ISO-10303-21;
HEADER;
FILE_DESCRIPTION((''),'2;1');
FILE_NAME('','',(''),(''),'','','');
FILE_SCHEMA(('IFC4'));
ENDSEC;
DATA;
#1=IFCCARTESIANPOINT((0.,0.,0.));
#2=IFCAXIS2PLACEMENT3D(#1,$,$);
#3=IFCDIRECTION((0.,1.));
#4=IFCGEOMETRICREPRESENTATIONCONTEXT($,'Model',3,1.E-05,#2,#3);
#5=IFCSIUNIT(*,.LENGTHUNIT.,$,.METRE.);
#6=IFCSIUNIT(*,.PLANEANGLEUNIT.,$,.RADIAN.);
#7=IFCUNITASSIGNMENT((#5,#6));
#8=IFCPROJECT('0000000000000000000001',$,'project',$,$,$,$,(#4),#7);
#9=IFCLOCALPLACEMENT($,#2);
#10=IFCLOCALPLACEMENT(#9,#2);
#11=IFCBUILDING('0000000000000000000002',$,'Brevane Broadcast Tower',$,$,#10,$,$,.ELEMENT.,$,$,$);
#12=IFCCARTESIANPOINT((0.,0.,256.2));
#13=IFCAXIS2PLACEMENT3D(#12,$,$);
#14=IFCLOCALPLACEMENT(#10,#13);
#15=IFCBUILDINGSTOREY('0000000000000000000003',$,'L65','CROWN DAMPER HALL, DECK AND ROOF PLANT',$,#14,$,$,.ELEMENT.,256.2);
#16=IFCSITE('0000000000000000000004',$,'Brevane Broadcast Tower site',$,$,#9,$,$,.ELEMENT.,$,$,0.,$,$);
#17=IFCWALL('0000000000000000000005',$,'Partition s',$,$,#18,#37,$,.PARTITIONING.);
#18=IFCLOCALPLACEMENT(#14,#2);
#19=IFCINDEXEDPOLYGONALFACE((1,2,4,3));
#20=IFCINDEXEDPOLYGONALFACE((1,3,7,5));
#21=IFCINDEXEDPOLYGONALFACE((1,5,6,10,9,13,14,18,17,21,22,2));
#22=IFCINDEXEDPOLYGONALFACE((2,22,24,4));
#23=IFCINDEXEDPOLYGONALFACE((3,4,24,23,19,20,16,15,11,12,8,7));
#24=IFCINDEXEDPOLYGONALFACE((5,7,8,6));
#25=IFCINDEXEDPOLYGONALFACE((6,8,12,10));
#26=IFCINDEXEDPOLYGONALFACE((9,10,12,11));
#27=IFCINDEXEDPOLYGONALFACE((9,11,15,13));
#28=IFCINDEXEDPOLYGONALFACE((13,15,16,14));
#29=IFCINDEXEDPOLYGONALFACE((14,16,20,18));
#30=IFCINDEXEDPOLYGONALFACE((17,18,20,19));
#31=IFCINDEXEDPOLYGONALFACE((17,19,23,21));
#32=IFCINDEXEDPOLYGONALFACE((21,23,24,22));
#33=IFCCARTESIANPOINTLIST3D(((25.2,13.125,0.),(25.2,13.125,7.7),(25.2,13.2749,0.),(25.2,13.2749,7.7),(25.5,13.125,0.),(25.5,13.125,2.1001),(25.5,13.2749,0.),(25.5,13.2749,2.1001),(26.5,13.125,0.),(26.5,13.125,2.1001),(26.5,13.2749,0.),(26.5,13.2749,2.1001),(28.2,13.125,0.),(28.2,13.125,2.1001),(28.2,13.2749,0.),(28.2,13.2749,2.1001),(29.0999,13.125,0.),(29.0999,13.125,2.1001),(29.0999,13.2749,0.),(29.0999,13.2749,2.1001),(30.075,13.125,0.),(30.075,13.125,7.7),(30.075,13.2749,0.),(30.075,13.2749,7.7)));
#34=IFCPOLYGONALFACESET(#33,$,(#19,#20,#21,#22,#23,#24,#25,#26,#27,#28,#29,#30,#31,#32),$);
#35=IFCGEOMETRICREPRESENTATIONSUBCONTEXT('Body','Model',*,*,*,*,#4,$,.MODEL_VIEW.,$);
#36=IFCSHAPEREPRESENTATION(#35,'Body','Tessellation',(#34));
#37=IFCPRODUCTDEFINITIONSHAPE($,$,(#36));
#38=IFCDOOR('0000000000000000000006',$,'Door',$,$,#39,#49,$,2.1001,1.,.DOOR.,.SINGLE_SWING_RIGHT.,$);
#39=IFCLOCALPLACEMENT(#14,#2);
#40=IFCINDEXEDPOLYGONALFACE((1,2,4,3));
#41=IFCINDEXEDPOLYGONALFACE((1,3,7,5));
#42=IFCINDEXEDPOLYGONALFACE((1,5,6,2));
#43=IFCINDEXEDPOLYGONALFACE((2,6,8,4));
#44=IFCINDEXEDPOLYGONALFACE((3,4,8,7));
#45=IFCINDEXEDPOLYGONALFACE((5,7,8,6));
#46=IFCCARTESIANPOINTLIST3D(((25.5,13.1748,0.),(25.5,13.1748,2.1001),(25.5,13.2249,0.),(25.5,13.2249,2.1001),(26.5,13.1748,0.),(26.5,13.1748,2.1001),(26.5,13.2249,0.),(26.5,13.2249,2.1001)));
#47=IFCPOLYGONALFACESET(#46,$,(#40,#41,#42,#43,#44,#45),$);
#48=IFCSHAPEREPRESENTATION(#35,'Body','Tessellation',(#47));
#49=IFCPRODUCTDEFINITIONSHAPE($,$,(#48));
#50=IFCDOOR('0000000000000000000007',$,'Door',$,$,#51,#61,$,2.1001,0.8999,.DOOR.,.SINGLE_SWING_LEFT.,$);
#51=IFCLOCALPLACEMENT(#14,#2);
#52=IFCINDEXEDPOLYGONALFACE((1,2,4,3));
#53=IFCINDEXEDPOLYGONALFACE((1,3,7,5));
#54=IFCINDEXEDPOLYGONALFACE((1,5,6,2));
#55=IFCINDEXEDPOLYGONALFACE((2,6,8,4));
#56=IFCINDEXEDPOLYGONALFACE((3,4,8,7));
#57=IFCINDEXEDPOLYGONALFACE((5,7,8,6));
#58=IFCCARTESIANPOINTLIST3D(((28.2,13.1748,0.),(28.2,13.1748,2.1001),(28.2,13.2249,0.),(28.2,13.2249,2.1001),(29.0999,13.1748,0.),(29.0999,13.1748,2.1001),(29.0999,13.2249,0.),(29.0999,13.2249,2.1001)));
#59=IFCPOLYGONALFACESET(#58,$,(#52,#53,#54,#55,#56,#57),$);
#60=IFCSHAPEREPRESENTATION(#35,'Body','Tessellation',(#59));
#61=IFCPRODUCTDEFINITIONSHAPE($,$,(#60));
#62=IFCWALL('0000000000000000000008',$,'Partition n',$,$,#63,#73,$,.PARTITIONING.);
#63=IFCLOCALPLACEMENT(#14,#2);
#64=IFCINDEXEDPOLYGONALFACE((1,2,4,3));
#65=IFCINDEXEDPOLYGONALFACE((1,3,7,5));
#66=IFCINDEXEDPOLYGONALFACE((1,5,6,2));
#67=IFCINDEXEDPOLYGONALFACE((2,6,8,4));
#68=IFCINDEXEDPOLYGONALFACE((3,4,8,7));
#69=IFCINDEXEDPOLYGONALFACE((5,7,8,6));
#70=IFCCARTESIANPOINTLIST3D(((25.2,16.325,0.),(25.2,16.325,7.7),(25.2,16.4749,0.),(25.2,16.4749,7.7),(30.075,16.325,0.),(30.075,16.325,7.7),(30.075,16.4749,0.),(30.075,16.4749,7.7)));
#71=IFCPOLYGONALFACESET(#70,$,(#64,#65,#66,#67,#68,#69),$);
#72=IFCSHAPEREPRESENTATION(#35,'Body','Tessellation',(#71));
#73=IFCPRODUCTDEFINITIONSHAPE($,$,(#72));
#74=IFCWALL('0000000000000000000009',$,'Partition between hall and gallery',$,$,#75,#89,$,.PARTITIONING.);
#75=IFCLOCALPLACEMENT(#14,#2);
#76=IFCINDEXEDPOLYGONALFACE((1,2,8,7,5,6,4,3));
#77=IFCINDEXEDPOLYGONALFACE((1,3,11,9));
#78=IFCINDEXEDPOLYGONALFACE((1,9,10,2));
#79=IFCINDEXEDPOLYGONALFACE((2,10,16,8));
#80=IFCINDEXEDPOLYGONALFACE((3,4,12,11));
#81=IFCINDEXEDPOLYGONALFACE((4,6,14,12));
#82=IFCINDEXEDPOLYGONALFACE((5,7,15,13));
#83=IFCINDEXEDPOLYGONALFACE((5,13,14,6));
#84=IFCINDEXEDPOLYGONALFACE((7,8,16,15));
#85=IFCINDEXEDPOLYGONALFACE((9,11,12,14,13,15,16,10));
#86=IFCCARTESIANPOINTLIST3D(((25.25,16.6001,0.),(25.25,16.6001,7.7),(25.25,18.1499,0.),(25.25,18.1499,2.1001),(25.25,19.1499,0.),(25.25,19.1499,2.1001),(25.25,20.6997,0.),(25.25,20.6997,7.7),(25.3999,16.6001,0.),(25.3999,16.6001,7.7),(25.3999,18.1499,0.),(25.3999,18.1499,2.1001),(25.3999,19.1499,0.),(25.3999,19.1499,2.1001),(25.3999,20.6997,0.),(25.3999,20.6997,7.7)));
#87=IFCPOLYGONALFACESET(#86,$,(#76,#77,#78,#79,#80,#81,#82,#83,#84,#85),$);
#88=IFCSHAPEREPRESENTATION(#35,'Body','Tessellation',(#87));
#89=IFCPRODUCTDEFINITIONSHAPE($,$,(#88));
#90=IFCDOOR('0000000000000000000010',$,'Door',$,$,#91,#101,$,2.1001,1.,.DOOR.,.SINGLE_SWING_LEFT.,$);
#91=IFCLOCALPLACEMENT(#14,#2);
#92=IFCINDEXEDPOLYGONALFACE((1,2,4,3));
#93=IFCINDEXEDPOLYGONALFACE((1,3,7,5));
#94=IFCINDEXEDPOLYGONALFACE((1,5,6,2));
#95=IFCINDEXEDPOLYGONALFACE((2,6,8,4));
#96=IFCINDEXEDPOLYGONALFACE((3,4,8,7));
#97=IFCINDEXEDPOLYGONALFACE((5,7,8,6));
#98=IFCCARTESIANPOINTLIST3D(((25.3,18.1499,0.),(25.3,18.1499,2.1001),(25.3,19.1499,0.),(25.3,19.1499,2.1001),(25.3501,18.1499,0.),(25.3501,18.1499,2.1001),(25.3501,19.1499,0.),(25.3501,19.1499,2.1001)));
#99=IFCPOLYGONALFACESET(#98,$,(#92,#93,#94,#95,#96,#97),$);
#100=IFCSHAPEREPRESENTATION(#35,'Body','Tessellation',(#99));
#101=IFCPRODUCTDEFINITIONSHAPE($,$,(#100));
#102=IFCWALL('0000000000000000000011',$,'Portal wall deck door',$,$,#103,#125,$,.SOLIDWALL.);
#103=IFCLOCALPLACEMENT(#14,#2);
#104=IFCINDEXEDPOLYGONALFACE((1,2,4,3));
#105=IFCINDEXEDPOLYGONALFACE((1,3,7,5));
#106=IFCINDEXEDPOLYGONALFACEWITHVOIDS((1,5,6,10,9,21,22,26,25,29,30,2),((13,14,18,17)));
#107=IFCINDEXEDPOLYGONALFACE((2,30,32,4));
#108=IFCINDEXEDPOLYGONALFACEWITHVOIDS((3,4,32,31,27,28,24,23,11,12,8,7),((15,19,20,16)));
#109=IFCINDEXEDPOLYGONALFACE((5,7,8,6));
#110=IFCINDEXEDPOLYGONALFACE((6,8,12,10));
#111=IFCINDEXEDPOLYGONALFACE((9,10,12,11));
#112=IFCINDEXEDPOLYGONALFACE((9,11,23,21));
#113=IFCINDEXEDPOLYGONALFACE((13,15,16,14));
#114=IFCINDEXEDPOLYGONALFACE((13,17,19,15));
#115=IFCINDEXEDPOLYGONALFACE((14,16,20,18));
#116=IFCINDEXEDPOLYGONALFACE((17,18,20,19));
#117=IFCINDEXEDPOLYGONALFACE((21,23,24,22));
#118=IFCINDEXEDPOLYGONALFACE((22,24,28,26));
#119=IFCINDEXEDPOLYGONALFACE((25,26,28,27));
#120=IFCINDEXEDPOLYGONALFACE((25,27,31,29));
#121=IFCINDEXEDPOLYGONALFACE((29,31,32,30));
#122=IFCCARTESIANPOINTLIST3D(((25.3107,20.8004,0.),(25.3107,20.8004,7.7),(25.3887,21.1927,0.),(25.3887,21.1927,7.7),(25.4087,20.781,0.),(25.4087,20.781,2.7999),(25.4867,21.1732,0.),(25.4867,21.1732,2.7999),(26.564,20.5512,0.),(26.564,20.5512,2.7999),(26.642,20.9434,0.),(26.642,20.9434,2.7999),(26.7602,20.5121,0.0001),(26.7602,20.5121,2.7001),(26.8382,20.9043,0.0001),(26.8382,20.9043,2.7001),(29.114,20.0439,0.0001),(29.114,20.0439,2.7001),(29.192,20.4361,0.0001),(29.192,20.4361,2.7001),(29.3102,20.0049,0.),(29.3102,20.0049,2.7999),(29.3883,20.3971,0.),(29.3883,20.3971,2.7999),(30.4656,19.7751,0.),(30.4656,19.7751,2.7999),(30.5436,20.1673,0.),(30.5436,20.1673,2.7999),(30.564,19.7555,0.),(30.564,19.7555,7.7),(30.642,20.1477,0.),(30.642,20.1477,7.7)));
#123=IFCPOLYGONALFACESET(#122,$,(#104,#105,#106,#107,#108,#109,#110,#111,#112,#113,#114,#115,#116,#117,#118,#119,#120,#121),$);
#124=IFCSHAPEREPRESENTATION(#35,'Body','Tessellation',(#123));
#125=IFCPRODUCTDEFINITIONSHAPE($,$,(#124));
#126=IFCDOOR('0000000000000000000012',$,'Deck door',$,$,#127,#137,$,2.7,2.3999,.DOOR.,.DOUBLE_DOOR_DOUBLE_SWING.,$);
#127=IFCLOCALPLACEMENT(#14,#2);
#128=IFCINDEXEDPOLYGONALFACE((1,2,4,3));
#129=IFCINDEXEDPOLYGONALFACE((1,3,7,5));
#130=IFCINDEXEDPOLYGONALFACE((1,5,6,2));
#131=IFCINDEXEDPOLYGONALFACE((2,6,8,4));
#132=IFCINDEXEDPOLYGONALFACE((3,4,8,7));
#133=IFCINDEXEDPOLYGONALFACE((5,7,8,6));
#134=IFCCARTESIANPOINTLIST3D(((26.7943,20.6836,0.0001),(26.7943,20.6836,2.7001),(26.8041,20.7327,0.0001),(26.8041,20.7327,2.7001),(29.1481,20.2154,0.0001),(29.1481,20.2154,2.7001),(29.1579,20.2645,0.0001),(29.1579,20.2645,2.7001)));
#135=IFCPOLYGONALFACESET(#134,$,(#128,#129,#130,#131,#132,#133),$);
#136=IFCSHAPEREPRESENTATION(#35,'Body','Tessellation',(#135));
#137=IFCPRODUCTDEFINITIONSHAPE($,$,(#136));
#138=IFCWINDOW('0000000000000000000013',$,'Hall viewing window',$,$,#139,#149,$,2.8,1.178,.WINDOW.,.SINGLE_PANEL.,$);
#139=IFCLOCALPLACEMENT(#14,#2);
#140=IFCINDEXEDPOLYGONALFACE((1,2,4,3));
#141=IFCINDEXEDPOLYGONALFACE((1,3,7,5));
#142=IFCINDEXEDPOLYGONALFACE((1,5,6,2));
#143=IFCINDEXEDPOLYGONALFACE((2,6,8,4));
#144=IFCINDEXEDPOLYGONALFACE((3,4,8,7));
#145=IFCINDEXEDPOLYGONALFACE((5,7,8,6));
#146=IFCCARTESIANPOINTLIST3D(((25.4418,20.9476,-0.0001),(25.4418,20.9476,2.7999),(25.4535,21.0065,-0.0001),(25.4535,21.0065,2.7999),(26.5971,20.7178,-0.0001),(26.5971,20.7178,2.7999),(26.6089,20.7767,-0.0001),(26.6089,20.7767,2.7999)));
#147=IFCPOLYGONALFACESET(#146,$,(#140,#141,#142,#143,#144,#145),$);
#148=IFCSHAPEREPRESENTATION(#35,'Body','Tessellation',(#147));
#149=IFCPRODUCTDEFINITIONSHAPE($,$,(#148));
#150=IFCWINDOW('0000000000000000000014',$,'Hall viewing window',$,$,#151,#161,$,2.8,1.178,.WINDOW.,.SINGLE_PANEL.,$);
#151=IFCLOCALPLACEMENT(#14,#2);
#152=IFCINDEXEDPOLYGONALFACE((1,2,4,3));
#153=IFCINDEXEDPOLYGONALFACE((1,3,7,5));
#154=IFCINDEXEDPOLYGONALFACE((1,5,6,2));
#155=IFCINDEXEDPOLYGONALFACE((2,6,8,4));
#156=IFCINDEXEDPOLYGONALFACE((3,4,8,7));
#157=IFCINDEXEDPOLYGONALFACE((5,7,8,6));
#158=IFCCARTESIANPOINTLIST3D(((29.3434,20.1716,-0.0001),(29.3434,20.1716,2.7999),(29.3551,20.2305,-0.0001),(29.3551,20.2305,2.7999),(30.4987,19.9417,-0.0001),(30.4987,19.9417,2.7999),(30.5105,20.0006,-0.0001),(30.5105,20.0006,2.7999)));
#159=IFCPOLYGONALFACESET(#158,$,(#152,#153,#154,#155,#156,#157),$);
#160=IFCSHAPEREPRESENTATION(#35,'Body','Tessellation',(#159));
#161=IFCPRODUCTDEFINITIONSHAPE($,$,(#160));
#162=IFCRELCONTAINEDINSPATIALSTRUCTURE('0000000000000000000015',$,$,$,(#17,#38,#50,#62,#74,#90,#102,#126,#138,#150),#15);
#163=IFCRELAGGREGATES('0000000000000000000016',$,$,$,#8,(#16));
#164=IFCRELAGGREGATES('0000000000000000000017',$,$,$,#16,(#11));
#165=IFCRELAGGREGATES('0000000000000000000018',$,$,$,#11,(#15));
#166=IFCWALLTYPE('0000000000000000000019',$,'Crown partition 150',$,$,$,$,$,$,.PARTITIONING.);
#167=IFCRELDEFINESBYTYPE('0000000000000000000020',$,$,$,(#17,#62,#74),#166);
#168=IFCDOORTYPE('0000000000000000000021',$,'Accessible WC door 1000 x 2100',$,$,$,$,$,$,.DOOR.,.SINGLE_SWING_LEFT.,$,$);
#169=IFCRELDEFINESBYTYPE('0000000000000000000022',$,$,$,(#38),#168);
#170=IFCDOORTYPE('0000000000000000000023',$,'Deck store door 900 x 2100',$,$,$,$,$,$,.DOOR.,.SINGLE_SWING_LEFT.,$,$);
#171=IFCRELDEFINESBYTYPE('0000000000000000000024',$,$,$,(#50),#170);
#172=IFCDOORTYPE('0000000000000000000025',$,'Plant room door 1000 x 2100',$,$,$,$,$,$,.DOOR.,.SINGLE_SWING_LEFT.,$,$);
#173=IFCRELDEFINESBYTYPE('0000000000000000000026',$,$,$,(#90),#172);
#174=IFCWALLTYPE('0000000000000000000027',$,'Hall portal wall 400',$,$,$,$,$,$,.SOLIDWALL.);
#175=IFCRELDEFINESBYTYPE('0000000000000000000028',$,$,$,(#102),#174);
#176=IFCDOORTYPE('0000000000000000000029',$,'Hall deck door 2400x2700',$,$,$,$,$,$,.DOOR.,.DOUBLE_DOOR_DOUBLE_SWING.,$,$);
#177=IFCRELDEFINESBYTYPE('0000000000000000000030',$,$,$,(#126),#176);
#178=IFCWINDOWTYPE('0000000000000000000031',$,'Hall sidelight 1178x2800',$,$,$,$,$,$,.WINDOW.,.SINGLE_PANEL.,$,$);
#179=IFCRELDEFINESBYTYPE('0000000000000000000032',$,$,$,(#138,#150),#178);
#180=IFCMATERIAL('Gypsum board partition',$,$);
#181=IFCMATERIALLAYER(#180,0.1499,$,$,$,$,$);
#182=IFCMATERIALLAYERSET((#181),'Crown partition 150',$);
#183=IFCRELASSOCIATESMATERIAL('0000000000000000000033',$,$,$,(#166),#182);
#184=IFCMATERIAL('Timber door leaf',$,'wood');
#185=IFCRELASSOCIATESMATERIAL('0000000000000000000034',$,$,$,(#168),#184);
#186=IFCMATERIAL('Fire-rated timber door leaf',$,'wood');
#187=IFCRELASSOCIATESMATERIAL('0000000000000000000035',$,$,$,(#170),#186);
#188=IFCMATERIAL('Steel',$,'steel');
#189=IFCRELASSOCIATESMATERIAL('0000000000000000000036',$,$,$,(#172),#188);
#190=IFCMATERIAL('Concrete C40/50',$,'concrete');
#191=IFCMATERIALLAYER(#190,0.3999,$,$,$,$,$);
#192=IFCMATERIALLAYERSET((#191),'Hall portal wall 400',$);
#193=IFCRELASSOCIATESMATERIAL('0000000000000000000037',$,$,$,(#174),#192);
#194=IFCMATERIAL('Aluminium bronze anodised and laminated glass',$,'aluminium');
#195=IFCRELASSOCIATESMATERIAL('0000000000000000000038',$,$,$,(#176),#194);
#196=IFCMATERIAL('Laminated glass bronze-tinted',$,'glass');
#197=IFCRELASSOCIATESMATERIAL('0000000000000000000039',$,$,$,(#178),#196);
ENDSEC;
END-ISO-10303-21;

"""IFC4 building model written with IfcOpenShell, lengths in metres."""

from ifc_helpers import new_model, si_unit, direction, frame, frame_2d, origin, place, context, subcontext, project, spatial, rectangle, extrude, material, layer, layer_set, type_object, element, fill, save


model = new_model("IFC4")

# Units and contexts
model_context = context("Model", 3, precision=1e-05, world=origin(), true_north=direction((0.0, 1.0)))
body_context = subcontext(model_context, "Body", "Model", "MODEL_VIEW")
ifc_project = project(units=[si_unit("LENGTHUNIT", "METRE"), si_unit("PLANEANGLEUNIT", "RADIAN")], contexts=[model_context])

# Site, building, storey
site_placement = place(None, origin())
site = spatial("IfcSite", under=ifc_project, at=site_placement, Name="Brevane Broadcast Tower site", CompositionType="ELEMENT", RefElevation=0.0)
building_placement = place(site_placement, origin())
building = spatial("IfcBuilding", under=site, at=building_placement, Name="Brevane Broadcast Tower", CompositionType="ELEMENT")
storey_placement = place(building_placement, frame((0.0, 0.0, 256.2)))
storey = spatial("IfcBuildingStorey", under=building, at=storey_placement, Name="L65", Description="CROWN DAMPER HALL, DECK AND ROOF PLANT", CompositionType="ELEMENT", Elevation=256.2)

# Shared definitions
ifc_material_1 = material(Name="Steel", Category="steel")

# Wall, openings, doors
ifc_material_2 = material(Name="Gypsum board partition")
ifc_layer_1 = layer(ifc_material_2, 0.1499)
ifc_layer_set_1 = layer_set([ifc_layer_1], Name="Crown partition 150")
wall_type_1 = type_object("IfcWallType", Name="Crown partition 150", PredefinedType="PARTITIONING", material=ifc_layer_set_1)
wall_1_placement = place(storey_placement, frame((25.2, 13.2, 0.0), z_axis=(0.0, 0.0, 1.0), x_axis=(1.0, 0.0, 0.0)))
wall_1 = element("IfcWall", 1, at=wall_1_placement, inside=storey, type_object=wall_type_1, Name="Partition s", PredefinedType="PARTITIONING", context=body_context, shape_type="SweptSolid", body=[
    extrude(rectangle(XDim=4.875, YDim=0.1499, at=frame_2d((2.4375, 0.0))), origin(), (0.0, 0.0, 1.0), 7.7),
])
opening_1_placement = place(wall_1_placement, frame((0.3, 0.0, 0.0)))
opening_1 = element("IfcOpeningElement", 2, at=opening_1_placement, cuts=wall_1, PredefinedType="OPENING", context=body_context, shape_type="SweptSolid", body=[
    extrude(rectangle(XDim=1.0, YDim=2.1001, at=frame_2d((0.5, 1.05))), frame((0.0, 0.085, 0.0), z_axis=(0.0, -1.0, 0.0), x_axis=(1.0, 0.0, 0.0)), (0.0, 0.0, 1.0), 0.1699),
])
opening_2_placement = place(wall_1_placement, frame((3.0, 0.0, 0.0)))
opening_2 = element("IfcOpeningElement", 3, at=opening_2_placement, cuts=wall_1, PredefinedType="OPENING", context=body_context, shape_type="SweptSolid", body=[
    extrude(rectangle(XDim=0.8999, YDim=2.1001, at=frame_2d((0.45, 1.05))), frame((0.0, 0.085, 0.0), z_axis=(0.0, -1.0, 0.0), x_axis=(1.0, 0.0, 0.0)), (0.0, 0.0, 1.0), 0.1699),
])
ifc_material_3 = material(Name="Timber door leaf", Category="wood")
door_type_1 = type_object("IfcDoorType", Name="Accessible WC door 1000 x 2100", OperationType="SINGLE_SWING_LEFT", PredefinedType="DOOR", material=ifc_material_3)
door_1_placement = place(opening_1_placement, origin())
door_1 = element("IfcDoor", 4, at=door_1_placement, inside=storey, type_object=door_type_1, Name="Door", OperationType="SINGLE_SWING_RIGHT", OverallHeight=2.1001, OverallWidth=1.0, PredefinedType="DOOR", context=body_context, shape_type="SweptSolid", body=[
    extrude(rectangle(XDim=1.0, YDim=2.1001, at=frame_2d((0.5, 1.05))), frame((0.0, 0.0249, 0.0), z_axis=(0.0, -1.0, 0.0), x_axis=(1.0, 0.0, 0.0)), (0.0, 0.0, 1.0), 0.05),
])
fill(opening_1, door_1)
ifc_material_4 = material(Name="Fire-rated timber door leaf", Category="wood")
door_type_2 = type_object("IfcDoorType", Name="Deck store door 900 x 2100", OperationType="SINGLE_SWING_LEFT", PredefinedType="DOOR", material=ifc_material_4)
door_2_placement = place(opening_2_placement, origin())
door_2 = element("IfcDoor", 5, at=door_2_placement, inside=storey, type_object=door_type_2, Name="Door", OperationType="SINGLE_SWING_LEFT", OverallHeight=2.1001, OverallWidth=0.8999, PredefinedType="DOOR", context=body_context, shape_type="SweptSolid", body=[
    extrude(rectangle(XDim=0.8999, YDim=2.1001, at=frame_2d((0.45, 1.05))), frame((0.0, 0.0249, 0.0), z_axis=(0.0, -1.0, 0.0), x_axis=(1.0, 0.0, 0.0)), (0.0, 0.0, 1.0), 0.05),
])
fill(opening_2, door_2)

# Wall
wall_2_placement = place(storey_placement, frame((25.2, 16.3999, 0.0), z_axis=(0.0, 0.0, 1.0), x_axis=(1.0, 0.0, 0.0)))
element("IfcWall", 6, at=wall_2_placement, inside=storey, type_object=wall_type_1, Name="Partition n", PredefinedType="PARTITIONING", context=body_context, shape_type="SweptSolid", body=[
    extrude(rectangle(XDim=4.875, YDim=0.1499, at=frame_2d((2.4375, 0.0))), origin(), (0.0, 0.0, 1.0), 7.7),
])

# Wall, opening, door
wall_3_placement = place(storey_placement, frame((25.325, 16.6001, 0.0), z_axis=(0.0, 0.0, 1.0), x_axis=(0.0, 1.0, 0.0)))
wall_3 = element("IfcWall", 7, at=wall_3_placement, inside=storey, type_object=wall_type_1, Name="Partition between hall and gallery", PredefinedType="PARTITIONING", context=body_context, shape_type="SweptSolid", body=[
    extrude(rectangle(XDim=4.0996, YDim=0.1499, at=frame_2d((2.0498, 0.0))), origin(), (0.0, 0.0, 1.0), 7.7),
])
opening_3_placement = place(wall_3_placement, frame((1.5498, 0.0, 0.0)))
opening_3 = element("IfcOpeningElement", 8, at=opening_3_placement, cuts=wall_3, PredefinedType="OPENING", context=body_context, shape_type="SweptSolid", body=[
    extrude(rectangle(XDim=1.0, YDim=2.1001, at=frame_2d((0.5, 1.05))), frame((0.0, 0.085, 0.0), z_axis=(0.0, -1.0, 0.0), x_axis=(1.0, 0.0, 0.0)), (0.0, 0.0, 1.0), 0.1699),
])
door_type_3 = type_object("IfcDoorType", Name="Plant room door 1000 x 2100", OperationType="SINGLE_SWING_LEFT", PredefinedType="DOOR", material=ifc_material_1)
door_3_placement = place(opening_3_placement, origin())
door_3 = element("IfcDoor", 9, at=door_3_placement, inside=storey, type_object=door_type_3, Name="Door", OperationType="SINGLE_SWING_LEFT", OverallHeight=2.1001, OverallWidth=1.0, PredefinedType="DOOR", context=body_context, shape_type="SweptSolid", body=[
    extrude(rectangle(XDim=1.0, YDim=2.1001, at=frame_2d((0.5, 1.05))), frame((0.0, 0.0249, 0.0), z_axis=(0.0, -1.0, 0.0), x_axis=(1.0, 0.0, 0.0)), (0.0, 0.0, 1.0), 0.05),
])
fill(opening_3, door_3)

# Wall, openings, door, windows
ifc_material_5 = material(Name="Concrete C40/50", Category="concrete")
ifc_layer_2 = layer(ifc_material_5, 0.3999)
ifc_layer_set_2 = layer_set([ifc_layer_2], Name="Hall portal wall 400")
wall_type_2 = type_object("IfcWallType", Name="Hall portal wall 400", PredefinedType="SOLIDWALL", material=ifc_layer_set_2)
wall_4_placement = place(storey_placement, frame((25.3496, 20.9966, 0.0), z_axis=(0.0, 0.0, 1.0), x_axis=(0.980785, -0.19509, 0.0)))
wall_4 = element("IfcWall", 10, at=wall_4_placement, inside=storey, type_object=wall_type_2, Name="Portal wall deck door", PredefinedType="SOLIDWALL", context=body_context, shape_type="SweptSolid", body=[
    extrude(rectangle(XDim=5.3562, YDim=0.3999, at=frame_2d((2.6782, 0.0))), origin(), (0.0, 0.0, 1.0), 7.7),
])
opening_4_placement = place(wall_4_placement, frame((1.478, 0.0, 0.0)))
opening_4 = element("IfcOpeningElement", 11, at=opening_4_placement, cuts=wall_4, PredefinedType="OPENING", context=body_context, shape_type="SweptSolid", body=[
    extrude(rectangle(XDim=2.3999, YDim=2.7, at=frame_2d((1.2, 1.3501))), frame((0.0, 0.21, 0.0), z_axis=(0.0, -1.0, 0.0), x_axis=(1.0, 0.0, 0.0)), (0.0, 0.0, 1.0), 0.4199),
])
opening_5_placement = place(wall_4_placement, frame((0.1001, 0.0, 0.0)))
opening_5 = element("IfcOpeningElement", 12, at=opening_5_placement, cuts=wall_4, PredefinedType="OPENING", context=body_context, shape_type="SweptSolid", body=[
    extrude(rectangle(XDim=1.178, YDim=2.8, at=frame_2d((0.5889, 1.3999))), frame((0.0, 0.21, 0.0), z_axis=(0.0, -1.0, 0.0), x_axis=(1.0, 0.0, 0.0)), (0.0, 0.0, 1.0), 0.4199),
])
opening_6_placement = place(wall_4_placement, frame((4.0781, 0.0, 0.0)))
opening_6 = element("IfcOpeningElement", 13, at=opening_6_placement, cuts=wall_4, PredefinedType="OPENING", context=body_context, shape_type="SweptSolid", body=[
    extrude(rectangle(XDim=1.178, YDim=2.8, at=frame_2d((0.5889, 1.3999))), frame((0.0, 0.21, 0.0), z_axis=(0.0, -1.0, 0.0), x_axis=(1.0, 0.0, 0.0)), (0.0, 0.0, 1.0), 0.4199),
])
ifc_material_6 = material(Name="Aluminium bronze anodised and laminated glass", Category="aluminium")
door_type_4 = type_object("IfcDoorType", Name="Hall deck door 2400x2700", OperationType="DOUBLE_DOOR_DOUBLE_SWING", PredefinedType="DOOR", material=ifc_material_6)
door_4_placement = place(opening_4_placement, origin())
door_4 = element("IfcDoor", 14, at=door_4_placement, inside=storey, type_object=door_type_4, Name="Deck door", OperationType="DOUBLE_DOOR_DOUBLE_SWING", OverallHeight=2.7, OverallWidth=2.3999, PredefinedType="DOOR", context=body_context, shape_type="SweptSolid", body=[
    extrude(rectangle(XDim=2.3999, YDim=2.7, at=frame_2d((1.2, 1.3501))), frame((0.0, 0.0249, 0.0), z_axis=(0.0, -1.0, 0.0), x_axis=(1.0, 0.0, 0.0)), (0.0, 0.0, 1.0), 0.05),
])
fill(opening_4, door_4)
ifc_material_7 = material(Name="Laminated glass bronze-tinted", Category="glass")
window_type = type_object("IfcWindowType", Name="Hall sidelight 1178x2800", PartitioningType="SINGLE_PANEL", PredefinedType="WINDOW", material=ifc_material_7)
window_1_placement = place(opening_5_placement, origin())
window_1 = element("IfcWindow", 15, at=window_1_placement, inside=storey, type_object=window_type, Name="Hall viewing window", OverallHeight=2.8, OverallWidth=1.178, PartitioningType="SINGLE_PANEL", PredefinedType="WINDOW", context=body_context, shape_type="SweptSolid", body=[
    extrude(rectangle(XDim=1.178, YDim=2.8, at=frame_2d((0.5889, 1.3999))), frame((0.0, 0.03, 0.0), z_axis=(0.0, -1.0, 0.0), x_axis=(1.0, 0.0, 0.0)), (0.0, 0.0, 1.0), 0.0601),
])
fill(opening_5, window_1)
window_2_placement = place(opening_6_placement, origin())
window_2 = element("IfcWindow", 16, at=window_2_placement, inside=storey, type_object=window_type, Name="Hall viewing window", OverallHeight=2.8, OverallWidth=1.178, PartitioningType="SINGLE_PANEL", PredefinedType="WINDOW", context=body_context, shape_type="SweptSolid", body=[
    extrude(rectangle(XDim=1.178, YDim=2.8, at=frame_2d((0.5889, 1.3999))), frame((0.0, 0.03, 0.0), z_axis=(0.0, -1.0, 0.0), x_axis=(1.0, 0.0, 0.0)), (0.0, 0.0, 1.0), 0.0601),
])
fill(opening_6, window_2)

save(model, "model.ifc")
